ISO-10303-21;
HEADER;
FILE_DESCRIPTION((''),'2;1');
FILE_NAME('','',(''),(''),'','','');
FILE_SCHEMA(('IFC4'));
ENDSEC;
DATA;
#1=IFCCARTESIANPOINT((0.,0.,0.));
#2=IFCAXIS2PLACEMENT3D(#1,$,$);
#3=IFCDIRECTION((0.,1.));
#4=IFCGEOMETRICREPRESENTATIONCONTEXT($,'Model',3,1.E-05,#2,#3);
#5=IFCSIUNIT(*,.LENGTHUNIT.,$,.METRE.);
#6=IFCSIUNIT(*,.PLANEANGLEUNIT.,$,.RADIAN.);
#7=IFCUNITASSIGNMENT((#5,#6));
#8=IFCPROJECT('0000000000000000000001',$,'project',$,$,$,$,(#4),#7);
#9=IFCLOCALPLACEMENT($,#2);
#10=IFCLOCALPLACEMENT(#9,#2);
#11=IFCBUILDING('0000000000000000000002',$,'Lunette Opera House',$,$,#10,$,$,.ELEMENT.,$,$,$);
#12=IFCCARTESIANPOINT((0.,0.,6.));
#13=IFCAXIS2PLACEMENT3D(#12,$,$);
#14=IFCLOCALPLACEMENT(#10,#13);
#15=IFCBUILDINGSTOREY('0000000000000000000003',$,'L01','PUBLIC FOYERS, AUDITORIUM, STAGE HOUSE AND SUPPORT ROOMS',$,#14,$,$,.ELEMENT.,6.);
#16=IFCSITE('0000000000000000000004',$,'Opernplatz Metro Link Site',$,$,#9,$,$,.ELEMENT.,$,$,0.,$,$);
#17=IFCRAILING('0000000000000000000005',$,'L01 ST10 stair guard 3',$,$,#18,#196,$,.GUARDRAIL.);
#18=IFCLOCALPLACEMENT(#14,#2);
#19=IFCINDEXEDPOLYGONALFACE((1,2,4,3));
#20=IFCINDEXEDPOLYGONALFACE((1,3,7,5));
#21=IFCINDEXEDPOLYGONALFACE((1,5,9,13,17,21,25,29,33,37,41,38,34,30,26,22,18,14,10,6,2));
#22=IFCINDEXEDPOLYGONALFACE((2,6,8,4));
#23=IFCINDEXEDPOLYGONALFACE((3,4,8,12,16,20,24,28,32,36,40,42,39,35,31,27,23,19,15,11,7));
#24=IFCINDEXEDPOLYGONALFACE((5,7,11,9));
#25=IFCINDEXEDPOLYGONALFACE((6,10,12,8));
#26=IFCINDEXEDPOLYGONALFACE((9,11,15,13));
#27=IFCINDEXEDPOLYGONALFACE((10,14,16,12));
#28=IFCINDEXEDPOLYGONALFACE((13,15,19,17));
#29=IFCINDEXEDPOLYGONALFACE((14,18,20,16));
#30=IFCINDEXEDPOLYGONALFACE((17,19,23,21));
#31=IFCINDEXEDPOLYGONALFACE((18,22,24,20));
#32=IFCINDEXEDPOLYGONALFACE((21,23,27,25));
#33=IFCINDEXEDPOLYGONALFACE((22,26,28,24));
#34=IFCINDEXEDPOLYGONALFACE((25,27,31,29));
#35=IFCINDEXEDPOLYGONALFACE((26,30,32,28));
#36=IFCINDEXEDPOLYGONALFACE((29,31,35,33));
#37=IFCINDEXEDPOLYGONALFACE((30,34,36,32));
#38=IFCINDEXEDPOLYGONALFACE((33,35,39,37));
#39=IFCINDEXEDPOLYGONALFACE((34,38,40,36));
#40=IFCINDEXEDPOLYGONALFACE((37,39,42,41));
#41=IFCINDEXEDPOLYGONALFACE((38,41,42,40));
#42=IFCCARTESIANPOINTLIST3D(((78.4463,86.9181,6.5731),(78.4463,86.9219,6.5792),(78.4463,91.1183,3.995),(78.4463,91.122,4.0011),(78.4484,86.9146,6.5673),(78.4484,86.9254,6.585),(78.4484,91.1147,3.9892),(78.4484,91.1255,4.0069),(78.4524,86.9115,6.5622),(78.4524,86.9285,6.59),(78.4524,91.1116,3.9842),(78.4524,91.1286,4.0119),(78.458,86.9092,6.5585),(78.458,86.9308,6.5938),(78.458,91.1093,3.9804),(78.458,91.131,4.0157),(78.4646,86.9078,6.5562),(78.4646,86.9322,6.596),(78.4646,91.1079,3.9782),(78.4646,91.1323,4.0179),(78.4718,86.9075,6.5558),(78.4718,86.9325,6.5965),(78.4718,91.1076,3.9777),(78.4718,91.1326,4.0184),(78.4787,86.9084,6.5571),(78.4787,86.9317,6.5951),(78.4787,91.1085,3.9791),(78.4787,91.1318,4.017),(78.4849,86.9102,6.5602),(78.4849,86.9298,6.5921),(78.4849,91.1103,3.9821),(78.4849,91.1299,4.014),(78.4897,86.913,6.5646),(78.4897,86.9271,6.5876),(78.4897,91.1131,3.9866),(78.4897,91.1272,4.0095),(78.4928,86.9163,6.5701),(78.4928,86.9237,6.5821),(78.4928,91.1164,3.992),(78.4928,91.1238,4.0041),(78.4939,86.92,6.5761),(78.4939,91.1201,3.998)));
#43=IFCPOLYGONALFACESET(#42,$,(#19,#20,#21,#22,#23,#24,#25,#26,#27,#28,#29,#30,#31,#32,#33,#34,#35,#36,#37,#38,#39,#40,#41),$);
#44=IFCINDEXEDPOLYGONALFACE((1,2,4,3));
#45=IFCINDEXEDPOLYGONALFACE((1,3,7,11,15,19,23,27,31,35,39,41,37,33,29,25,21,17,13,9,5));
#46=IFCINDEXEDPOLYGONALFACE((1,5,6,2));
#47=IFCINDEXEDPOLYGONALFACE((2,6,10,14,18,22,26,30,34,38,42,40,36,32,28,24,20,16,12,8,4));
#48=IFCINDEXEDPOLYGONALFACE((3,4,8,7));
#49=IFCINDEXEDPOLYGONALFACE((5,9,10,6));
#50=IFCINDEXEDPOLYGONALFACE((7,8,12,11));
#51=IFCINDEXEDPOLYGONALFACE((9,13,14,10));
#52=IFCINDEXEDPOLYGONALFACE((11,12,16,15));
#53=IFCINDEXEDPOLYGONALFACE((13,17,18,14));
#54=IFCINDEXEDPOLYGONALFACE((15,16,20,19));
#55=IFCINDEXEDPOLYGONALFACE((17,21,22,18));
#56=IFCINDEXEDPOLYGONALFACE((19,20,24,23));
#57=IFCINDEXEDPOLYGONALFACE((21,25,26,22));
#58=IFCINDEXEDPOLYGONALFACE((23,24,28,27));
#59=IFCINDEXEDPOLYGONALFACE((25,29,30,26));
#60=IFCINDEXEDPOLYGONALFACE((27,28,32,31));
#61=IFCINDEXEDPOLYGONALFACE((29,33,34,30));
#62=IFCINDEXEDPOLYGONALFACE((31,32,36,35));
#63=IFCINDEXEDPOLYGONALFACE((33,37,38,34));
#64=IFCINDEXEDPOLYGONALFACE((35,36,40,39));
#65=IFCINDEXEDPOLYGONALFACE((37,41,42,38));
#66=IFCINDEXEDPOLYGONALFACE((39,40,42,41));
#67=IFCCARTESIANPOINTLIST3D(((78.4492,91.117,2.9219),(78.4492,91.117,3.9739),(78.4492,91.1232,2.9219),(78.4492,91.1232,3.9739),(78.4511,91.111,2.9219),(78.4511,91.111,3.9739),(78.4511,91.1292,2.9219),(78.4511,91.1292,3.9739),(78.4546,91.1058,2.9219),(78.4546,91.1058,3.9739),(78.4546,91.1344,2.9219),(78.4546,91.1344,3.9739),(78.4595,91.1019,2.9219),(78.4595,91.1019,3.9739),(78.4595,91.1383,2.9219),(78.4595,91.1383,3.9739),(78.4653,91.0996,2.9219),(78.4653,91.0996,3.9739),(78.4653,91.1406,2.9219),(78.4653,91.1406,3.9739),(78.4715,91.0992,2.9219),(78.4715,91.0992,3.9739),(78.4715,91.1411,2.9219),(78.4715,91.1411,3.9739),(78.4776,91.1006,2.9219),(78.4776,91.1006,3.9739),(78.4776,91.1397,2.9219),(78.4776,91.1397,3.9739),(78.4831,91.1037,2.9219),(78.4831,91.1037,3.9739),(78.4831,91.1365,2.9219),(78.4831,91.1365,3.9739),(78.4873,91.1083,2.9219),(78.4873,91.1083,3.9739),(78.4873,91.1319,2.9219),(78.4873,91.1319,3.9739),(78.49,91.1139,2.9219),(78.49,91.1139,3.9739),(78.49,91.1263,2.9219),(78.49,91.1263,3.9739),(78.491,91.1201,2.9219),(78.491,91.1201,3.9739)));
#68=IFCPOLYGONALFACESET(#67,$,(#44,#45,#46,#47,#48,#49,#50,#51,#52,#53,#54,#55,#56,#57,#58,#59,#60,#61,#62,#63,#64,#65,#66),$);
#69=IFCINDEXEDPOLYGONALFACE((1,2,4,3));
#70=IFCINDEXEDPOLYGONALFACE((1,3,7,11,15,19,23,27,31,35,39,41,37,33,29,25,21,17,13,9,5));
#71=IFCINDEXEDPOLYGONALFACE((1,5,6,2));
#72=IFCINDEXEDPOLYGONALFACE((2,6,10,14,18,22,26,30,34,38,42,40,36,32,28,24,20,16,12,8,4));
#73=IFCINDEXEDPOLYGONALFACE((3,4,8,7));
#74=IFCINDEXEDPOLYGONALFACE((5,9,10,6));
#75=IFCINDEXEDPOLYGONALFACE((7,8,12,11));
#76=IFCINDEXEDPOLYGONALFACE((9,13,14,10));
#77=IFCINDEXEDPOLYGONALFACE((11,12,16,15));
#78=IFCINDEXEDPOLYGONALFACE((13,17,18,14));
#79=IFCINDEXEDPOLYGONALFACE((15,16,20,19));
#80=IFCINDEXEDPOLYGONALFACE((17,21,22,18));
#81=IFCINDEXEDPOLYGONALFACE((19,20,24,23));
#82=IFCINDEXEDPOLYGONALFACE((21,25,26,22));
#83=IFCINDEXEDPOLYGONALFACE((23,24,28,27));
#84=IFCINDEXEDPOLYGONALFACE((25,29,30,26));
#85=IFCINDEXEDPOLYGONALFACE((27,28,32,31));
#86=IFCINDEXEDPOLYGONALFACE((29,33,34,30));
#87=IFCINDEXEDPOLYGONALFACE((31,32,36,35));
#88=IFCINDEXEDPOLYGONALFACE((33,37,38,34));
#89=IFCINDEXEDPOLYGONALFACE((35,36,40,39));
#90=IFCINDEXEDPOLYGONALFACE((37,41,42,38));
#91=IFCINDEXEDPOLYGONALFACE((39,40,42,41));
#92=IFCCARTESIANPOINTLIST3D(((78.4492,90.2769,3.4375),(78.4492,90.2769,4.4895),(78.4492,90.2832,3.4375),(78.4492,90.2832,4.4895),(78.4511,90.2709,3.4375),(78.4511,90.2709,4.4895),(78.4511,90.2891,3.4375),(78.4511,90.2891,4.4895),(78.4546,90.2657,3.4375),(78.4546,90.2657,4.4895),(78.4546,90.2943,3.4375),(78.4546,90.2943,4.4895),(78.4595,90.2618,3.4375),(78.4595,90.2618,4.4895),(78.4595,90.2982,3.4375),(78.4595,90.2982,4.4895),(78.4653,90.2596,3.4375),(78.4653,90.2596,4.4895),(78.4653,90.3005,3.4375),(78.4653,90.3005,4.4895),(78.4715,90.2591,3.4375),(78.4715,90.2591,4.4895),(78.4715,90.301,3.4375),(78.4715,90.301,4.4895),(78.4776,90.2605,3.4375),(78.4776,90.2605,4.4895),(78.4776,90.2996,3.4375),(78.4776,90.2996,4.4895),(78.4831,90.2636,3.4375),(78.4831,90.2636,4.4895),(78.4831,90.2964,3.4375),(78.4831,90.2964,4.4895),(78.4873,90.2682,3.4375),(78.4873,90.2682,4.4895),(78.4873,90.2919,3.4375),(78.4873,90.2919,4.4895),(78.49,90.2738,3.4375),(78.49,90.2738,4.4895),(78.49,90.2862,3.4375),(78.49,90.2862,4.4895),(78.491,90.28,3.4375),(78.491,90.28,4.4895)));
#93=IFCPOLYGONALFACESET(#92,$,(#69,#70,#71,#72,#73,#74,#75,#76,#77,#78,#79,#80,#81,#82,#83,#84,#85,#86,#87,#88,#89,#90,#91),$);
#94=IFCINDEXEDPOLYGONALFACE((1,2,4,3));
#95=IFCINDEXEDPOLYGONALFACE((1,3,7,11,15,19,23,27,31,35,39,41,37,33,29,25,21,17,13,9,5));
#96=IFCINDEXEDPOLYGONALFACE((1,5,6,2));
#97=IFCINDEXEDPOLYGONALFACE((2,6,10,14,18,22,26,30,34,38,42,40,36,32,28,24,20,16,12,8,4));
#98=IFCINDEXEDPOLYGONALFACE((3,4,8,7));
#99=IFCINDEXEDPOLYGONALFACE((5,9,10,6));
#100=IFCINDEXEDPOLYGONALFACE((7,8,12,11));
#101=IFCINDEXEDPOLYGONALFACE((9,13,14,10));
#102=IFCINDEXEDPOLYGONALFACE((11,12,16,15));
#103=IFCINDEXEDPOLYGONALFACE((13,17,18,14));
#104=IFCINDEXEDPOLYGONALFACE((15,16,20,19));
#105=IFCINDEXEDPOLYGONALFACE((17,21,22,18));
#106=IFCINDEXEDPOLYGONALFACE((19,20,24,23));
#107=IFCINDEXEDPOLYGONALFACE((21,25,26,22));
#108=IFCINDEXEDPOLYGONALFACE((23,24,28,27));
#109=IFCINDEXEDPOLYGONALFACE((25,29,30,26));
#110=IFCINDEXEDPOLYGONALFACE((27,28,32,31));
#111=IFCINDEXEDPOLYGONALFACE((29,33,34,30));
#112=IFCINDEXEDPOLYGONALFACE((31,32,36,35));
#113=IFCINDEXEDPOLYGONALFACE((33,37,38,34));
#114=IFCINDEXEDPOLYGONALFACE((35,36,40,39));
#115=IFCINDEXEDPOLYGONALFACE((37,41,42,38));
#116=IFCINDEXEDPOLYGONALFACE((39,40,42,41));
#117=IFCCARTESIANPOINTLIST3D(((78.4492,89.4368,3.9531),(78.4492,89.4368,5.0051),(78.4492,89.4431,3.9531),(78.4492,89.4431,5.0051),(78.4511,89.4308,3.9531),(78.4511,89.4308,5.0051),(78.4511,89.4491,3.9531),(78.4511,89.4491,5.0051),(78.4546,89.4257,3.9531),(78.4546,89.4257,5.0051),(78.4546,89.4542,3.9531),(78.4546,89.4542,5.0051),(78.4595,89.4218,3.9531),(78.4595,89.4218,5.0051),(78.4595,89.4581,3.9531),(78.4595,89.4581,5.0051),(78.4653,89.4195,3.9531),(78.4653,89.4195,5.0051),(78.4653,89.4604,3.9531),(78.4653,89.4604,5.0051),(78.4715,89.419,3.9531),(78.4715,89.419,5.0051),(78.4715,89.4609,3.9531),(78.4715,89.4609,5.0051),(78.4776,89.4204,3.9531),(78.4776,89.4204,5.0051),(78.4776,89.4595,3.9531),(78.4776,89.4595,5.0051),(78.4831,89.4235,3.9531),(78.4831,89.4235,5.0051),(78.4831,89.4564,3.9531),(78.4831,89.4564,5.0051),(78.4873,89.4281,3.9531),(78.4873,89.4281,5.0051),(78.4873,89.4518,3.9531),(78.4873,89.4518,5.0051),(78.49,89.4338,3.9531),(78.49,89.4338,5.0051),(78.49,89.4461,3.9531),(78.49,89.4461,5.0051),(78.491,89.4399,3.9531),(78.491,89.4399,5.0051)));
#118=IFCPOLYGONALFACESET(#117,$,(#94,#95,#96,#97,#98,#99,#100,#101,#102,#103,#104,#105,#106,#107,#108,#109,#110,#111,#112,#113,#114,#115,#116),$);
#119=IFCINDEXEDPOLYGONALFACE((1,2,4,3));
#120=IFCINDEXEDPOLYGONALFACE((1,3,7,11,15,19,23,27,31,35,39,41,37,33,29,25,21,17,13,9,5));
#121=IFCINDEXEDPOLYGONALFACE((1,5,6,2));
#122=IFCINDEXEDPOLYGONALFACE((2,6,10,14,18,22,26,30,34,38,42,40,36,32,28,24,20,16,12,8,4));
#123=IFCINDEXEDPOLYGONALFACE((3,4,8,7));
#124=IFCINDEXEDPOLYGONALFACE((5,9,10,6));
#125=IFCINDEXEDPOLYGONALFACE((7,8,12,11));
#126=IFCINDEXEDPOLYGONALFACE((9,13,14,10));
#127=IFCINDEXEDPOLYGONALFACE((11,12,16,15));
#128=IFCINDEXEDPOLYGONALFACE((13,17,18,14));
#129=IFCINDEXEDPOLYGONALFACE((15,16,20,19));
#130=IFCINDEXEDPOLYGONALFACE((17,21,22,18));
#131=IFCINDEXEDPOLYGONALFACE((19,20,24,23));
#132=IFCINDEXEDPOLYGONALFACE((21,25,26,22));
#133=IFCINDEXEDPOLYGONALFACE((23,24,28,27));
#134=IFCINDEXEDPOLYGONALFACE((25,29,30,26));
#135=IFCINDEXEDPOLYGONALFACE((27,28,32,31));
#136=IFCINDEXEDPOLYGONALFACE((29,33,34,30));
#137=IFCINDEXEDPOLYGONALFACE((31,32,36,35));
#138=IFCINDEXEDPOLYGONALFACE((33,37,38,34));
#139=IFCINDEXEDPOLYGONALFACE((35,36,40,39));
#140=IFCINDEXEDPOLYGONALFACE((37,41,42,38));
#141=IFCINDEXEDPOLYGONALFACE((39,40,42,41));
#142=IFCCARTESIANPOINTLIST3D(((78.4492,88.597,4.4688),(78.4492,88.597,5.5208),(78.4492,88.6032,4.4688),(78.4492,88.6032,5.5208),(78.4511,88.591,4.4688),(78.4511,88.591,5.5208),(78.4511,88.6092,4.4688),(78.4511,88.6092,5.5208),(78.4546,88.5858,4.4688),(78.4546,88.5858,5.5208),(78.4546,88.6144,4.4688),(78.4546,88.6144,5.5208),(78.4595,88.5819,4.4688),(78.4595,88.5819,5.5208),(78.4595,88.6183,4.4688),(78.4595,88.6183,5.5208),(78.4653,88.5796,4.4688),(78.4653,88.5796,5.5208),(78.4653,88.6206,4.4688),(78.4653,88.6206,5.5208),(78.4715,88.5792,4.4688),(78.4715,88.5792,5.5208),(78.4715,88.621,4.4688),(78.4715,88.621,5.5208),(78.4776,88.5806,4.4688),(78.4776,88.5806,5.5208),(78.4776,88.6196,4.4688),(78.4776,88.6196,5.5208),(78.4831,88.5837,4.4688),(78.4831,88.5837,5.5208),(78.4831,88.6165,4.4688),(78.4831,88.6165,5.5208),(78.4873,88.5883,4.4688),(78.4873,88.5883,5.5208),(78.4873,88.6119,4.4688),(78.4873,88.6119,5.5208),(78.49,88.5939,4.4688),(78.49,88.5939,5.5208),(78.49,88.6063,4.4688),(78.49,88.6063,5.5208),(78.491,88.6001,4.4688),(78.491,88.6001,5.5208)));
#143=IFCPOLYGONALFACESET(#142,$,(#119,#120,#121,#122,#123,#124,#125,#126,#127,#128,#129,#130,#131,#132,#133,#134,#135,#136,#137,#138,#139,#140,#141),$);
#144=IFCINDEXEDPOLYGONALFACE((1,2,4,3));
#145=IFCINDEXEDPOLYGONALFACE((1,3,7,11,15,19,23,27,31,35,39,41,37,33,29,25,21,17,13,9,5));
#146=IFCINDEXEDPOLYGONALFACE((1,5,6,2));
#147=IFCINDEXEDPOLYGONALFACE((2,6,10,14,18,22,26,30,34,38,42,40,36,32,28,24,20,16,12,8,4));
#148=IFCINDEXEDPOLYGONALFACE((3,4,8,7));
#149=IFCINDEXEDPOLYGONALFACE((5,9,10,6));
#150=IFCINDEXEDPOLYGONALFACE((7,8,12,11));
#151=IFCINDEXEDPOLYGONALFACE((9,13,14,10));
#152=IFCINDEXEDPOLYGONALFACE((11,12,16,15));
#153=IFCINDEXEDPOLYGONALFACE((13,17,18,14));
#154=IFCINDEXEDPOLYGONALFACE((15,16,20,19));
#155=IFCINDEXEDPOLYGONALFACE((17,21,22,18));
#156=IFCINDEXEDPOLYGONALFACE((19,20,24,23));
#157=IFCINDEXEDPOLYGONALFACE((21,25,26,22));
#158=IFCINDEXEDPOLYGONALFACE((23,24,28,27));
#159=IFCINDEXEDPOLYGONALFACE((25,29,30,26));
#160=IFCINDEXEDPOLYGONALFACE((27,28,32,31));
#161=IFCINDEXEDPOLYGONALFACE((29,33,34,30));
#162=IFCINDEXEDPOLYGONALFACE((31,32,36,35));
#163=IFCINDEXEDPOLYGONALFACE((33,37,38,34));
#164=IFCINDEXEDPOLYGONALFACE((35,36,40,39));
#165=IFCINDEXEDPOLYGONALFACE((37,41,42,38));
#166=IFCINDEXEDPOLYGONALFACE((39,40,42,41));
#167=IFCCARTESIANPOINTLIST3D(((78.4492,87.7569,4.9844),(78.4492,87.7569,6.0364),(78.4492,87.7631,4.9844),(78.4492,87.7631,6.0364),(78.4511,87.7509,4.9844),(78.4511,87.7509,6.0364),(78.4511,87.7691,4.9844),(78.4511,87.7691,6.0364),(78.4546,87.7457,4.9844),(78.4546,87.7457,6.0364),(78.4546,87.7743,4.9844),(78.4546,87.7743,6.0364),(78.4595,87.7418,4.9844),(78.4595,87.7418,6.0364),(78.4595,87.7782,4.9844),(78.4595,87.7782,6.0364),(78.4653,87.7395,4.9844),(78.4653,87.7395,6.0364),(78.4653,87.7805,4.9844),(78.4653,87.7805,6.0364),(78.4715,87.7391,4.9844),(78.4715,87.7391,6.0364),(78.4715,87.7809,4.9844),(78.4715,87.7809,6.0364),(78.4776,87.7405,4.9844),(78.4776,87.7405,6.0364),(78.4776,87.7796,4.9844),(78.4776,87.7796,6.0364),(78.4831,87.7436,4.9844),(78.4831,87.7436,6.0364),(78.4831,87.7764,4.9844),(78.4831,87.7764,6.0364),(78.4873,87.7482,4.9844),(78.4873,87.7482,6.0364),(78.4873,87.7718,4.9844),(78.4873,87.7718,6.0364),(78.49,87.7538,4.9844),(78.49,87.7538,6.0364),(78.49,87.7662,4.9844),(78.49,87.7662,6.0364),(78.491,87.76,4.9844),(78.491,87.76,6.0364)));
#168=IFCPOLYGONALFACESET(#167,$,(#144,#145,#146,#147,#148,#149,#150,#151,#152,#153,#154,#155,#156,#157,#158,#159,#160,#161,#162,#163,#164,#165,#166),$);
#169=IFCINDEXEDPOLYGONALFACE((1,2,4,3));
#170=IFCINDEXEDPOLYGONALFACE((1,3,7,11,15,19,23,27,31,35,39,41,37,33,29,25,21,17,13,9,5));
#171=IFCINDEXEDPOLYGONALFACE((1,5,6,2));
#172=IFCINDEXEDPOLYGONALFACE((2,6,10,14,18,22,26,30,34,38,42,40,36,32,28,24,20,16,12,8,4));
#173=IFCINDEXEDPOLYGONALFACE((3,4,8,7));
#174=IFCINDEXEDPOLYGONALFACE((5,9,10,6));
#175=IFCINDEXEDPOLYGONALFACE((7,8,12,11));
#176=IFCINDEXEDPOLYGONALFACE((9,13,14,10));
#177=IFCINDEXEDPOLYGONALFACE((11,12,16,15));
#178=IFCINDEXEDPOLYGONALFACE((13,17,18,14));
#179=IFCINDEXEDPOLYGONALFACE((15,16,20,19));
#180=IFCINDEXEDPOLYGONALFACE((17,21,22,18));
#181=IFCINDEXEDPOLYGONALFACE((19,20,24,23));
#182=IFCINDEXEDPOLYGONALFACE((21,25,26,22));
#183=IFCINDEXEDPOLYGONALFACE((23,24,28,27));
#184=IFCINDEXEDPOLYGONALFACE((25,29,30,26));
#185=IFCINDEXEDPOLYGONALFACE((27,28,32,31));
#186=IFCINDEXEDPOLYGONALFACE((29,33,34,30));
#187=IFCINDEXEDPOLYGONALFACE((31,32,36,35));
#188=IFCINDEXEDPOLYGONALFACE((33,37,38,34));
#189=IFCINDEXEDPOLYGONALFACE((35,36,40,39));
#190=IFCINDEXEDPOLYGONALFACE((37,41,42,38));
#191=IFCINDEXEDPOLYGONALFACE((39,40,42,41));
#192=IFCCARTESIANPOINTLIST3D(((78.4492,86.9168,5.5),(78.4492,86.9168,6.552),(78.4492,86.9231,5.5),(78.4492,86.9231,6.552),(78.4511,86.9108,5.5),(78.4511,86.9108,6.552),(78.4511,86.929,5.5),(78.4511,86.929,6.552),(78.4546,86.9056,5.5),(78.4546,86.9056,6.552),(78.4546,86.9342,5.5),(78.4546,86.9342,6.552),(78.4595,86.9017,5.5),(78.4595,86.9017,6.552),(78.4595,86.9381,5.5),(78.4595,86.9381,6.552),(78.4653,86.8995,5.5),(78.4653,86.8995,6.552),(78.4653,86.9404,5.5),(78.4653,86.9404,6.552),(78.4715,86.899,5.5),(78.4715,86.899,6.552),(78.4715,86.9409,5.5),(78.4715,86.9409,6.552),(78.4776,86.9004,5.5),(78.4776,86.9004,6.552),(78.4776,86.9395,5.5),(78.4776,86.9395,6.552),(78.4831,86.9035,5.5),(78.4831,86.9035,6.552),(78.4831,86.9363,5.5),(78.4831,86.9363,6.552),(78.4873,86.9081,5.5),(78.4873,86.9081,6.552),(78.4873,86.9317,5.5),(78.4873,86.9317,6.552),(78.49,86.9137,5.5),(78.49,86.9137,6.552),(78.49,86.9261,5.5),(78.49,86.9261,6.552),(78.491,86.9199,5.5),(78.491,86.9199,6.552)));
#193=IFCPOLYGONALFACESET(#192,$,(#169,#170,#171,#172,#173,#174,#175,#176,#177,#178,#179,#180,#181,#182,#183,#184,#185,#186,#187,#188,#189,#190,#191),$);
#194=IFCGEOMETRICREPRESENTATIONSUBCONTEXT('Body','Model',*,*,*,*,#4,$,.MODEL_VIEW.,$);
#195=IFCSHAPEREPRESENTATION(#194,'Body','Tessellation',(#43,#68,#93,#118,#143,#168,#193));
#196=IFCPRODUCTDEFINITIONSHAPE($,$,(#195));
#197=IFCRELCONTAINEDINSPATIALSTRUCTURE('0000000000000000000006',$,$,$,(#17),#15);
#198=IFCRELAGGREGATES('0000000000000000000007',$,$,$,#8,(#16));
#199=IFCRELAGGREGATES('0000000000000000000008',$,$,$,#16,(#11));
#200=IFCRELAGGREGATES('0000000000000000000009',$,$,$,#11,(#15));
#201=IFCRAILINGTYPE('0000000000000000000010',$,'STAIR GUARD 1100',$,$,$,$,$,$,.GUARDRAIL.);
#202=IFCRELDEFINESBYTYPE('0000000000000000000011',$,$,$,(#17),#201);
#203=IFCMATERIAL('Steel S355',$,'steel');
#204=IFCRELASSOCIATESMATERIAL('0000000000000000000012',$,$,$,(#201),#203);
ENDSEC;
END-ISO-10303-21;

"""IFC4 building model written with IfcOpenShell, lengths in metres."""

from ifc_helpers import new_model, si_unit, direction, frame, origin, origin_2d, place, context, subcontext, project, spatial, circle, extrude, material, type_object, element, save


model = new_model("IFC4")

# Units and contexts
model_context = context("Model", 3, precision=1e-05, world=origin(), true_north=direction((0.0, 1.0)))
body_context = subcontext(model_context, "Body", "Model", "MODEL_VIEW")
ifc_project = project(units=[si_unit("LENGTHUNIT", "METRE"), si_unit("PLANEANGLEUNIT", "RADIAN")], contexts=[model_context])

# Site, building, storey
site_placement = place(None, origin())
site = spatial("IfcSite", under=ifc_project, at=site_placement, Name="Opernplatz Metro Link Site", CompositionType="ELEMENT", RefElevation=0.0)
building_placement = place(site_placement, origin())
building = spatial("IfcBuilding", under=site, at=building_placement, Name="Lunette Opera House", CompositionType="ELEMENT")
storey_placement = place(building_placement, frame((0.0, 0.0, 6.0)))
storey = spatial("IfcBuildingStorey", under=building, at=storey_placement, Name="L01", Description="PUBLIC FOYERS, AUDITORIUM, STAGE HOUSE AND SUPPORT ROOMS", CompositionType="ELEMENT", Elevation=6.0)

# Railing
ifc_material_1 = material(Name="Steel S355", Category="steel")
railing_type_1 = type_object("IfcRailingType", Name="STAIR GUARD 1100", PredefinedType="GUARDRAIL", material=ifc_material_1)
railing_1_placement = place(storey_placement, frame((78.47, 91.1201, 2.9219)))
element("IfcRailing", 1, at=railing_1_placement, inside=storey, type_object=railing_type_1, Name="L01 ST10 stair guard 3", PredefinedType="GUARDRAIL", context=body_context, shape_type="SweptSolid", body=[
    extrude(circle(Radius=0.0239, at=origin_2d()), frame((0.0, 0.0, 1.0762), z_axis=(0.0, -0.852256, 0.523124), x_axis=(1.0, 0.0, 0.0)), (0.0, 0.0, 1.0), 4.9282),
    extrude(circle(Radius=0.021, at=origin_2d()), origin(), (0.0, 0.0, 1.0), 1.052),
    extrude(circle(Radius=0.021, at=origin_2d()), frame((0.0, -0.8401, 0.5156)), (0.0, 0.0, 1.0), 1.052),
    extrude(circle(Radius=0.021, at=origin_2d()), frame((0.0, -1.6802, 1.0312)), (0.0, 0.0, 1.0), 1.052),
    extrude(circle(Radius=0.021, at=origin_2d()), frame((0.0, -2.52, 1.5469)), (0.0, 0.0, 1.0), 1.052),
    extrude(circle(Radius=0.021, at=origin_2d()), frame((0.0, -3.3601, 2.0625)), (0.0, 0.0, 1.0), 1.052),
    extrude(circle(Radius=0.021, at=origin_2d()), frame((0.0, -4.2002, 2.5781)), (0.0, 0.0, 1.0), 1.052),
])

save(model, "model.ifc")
